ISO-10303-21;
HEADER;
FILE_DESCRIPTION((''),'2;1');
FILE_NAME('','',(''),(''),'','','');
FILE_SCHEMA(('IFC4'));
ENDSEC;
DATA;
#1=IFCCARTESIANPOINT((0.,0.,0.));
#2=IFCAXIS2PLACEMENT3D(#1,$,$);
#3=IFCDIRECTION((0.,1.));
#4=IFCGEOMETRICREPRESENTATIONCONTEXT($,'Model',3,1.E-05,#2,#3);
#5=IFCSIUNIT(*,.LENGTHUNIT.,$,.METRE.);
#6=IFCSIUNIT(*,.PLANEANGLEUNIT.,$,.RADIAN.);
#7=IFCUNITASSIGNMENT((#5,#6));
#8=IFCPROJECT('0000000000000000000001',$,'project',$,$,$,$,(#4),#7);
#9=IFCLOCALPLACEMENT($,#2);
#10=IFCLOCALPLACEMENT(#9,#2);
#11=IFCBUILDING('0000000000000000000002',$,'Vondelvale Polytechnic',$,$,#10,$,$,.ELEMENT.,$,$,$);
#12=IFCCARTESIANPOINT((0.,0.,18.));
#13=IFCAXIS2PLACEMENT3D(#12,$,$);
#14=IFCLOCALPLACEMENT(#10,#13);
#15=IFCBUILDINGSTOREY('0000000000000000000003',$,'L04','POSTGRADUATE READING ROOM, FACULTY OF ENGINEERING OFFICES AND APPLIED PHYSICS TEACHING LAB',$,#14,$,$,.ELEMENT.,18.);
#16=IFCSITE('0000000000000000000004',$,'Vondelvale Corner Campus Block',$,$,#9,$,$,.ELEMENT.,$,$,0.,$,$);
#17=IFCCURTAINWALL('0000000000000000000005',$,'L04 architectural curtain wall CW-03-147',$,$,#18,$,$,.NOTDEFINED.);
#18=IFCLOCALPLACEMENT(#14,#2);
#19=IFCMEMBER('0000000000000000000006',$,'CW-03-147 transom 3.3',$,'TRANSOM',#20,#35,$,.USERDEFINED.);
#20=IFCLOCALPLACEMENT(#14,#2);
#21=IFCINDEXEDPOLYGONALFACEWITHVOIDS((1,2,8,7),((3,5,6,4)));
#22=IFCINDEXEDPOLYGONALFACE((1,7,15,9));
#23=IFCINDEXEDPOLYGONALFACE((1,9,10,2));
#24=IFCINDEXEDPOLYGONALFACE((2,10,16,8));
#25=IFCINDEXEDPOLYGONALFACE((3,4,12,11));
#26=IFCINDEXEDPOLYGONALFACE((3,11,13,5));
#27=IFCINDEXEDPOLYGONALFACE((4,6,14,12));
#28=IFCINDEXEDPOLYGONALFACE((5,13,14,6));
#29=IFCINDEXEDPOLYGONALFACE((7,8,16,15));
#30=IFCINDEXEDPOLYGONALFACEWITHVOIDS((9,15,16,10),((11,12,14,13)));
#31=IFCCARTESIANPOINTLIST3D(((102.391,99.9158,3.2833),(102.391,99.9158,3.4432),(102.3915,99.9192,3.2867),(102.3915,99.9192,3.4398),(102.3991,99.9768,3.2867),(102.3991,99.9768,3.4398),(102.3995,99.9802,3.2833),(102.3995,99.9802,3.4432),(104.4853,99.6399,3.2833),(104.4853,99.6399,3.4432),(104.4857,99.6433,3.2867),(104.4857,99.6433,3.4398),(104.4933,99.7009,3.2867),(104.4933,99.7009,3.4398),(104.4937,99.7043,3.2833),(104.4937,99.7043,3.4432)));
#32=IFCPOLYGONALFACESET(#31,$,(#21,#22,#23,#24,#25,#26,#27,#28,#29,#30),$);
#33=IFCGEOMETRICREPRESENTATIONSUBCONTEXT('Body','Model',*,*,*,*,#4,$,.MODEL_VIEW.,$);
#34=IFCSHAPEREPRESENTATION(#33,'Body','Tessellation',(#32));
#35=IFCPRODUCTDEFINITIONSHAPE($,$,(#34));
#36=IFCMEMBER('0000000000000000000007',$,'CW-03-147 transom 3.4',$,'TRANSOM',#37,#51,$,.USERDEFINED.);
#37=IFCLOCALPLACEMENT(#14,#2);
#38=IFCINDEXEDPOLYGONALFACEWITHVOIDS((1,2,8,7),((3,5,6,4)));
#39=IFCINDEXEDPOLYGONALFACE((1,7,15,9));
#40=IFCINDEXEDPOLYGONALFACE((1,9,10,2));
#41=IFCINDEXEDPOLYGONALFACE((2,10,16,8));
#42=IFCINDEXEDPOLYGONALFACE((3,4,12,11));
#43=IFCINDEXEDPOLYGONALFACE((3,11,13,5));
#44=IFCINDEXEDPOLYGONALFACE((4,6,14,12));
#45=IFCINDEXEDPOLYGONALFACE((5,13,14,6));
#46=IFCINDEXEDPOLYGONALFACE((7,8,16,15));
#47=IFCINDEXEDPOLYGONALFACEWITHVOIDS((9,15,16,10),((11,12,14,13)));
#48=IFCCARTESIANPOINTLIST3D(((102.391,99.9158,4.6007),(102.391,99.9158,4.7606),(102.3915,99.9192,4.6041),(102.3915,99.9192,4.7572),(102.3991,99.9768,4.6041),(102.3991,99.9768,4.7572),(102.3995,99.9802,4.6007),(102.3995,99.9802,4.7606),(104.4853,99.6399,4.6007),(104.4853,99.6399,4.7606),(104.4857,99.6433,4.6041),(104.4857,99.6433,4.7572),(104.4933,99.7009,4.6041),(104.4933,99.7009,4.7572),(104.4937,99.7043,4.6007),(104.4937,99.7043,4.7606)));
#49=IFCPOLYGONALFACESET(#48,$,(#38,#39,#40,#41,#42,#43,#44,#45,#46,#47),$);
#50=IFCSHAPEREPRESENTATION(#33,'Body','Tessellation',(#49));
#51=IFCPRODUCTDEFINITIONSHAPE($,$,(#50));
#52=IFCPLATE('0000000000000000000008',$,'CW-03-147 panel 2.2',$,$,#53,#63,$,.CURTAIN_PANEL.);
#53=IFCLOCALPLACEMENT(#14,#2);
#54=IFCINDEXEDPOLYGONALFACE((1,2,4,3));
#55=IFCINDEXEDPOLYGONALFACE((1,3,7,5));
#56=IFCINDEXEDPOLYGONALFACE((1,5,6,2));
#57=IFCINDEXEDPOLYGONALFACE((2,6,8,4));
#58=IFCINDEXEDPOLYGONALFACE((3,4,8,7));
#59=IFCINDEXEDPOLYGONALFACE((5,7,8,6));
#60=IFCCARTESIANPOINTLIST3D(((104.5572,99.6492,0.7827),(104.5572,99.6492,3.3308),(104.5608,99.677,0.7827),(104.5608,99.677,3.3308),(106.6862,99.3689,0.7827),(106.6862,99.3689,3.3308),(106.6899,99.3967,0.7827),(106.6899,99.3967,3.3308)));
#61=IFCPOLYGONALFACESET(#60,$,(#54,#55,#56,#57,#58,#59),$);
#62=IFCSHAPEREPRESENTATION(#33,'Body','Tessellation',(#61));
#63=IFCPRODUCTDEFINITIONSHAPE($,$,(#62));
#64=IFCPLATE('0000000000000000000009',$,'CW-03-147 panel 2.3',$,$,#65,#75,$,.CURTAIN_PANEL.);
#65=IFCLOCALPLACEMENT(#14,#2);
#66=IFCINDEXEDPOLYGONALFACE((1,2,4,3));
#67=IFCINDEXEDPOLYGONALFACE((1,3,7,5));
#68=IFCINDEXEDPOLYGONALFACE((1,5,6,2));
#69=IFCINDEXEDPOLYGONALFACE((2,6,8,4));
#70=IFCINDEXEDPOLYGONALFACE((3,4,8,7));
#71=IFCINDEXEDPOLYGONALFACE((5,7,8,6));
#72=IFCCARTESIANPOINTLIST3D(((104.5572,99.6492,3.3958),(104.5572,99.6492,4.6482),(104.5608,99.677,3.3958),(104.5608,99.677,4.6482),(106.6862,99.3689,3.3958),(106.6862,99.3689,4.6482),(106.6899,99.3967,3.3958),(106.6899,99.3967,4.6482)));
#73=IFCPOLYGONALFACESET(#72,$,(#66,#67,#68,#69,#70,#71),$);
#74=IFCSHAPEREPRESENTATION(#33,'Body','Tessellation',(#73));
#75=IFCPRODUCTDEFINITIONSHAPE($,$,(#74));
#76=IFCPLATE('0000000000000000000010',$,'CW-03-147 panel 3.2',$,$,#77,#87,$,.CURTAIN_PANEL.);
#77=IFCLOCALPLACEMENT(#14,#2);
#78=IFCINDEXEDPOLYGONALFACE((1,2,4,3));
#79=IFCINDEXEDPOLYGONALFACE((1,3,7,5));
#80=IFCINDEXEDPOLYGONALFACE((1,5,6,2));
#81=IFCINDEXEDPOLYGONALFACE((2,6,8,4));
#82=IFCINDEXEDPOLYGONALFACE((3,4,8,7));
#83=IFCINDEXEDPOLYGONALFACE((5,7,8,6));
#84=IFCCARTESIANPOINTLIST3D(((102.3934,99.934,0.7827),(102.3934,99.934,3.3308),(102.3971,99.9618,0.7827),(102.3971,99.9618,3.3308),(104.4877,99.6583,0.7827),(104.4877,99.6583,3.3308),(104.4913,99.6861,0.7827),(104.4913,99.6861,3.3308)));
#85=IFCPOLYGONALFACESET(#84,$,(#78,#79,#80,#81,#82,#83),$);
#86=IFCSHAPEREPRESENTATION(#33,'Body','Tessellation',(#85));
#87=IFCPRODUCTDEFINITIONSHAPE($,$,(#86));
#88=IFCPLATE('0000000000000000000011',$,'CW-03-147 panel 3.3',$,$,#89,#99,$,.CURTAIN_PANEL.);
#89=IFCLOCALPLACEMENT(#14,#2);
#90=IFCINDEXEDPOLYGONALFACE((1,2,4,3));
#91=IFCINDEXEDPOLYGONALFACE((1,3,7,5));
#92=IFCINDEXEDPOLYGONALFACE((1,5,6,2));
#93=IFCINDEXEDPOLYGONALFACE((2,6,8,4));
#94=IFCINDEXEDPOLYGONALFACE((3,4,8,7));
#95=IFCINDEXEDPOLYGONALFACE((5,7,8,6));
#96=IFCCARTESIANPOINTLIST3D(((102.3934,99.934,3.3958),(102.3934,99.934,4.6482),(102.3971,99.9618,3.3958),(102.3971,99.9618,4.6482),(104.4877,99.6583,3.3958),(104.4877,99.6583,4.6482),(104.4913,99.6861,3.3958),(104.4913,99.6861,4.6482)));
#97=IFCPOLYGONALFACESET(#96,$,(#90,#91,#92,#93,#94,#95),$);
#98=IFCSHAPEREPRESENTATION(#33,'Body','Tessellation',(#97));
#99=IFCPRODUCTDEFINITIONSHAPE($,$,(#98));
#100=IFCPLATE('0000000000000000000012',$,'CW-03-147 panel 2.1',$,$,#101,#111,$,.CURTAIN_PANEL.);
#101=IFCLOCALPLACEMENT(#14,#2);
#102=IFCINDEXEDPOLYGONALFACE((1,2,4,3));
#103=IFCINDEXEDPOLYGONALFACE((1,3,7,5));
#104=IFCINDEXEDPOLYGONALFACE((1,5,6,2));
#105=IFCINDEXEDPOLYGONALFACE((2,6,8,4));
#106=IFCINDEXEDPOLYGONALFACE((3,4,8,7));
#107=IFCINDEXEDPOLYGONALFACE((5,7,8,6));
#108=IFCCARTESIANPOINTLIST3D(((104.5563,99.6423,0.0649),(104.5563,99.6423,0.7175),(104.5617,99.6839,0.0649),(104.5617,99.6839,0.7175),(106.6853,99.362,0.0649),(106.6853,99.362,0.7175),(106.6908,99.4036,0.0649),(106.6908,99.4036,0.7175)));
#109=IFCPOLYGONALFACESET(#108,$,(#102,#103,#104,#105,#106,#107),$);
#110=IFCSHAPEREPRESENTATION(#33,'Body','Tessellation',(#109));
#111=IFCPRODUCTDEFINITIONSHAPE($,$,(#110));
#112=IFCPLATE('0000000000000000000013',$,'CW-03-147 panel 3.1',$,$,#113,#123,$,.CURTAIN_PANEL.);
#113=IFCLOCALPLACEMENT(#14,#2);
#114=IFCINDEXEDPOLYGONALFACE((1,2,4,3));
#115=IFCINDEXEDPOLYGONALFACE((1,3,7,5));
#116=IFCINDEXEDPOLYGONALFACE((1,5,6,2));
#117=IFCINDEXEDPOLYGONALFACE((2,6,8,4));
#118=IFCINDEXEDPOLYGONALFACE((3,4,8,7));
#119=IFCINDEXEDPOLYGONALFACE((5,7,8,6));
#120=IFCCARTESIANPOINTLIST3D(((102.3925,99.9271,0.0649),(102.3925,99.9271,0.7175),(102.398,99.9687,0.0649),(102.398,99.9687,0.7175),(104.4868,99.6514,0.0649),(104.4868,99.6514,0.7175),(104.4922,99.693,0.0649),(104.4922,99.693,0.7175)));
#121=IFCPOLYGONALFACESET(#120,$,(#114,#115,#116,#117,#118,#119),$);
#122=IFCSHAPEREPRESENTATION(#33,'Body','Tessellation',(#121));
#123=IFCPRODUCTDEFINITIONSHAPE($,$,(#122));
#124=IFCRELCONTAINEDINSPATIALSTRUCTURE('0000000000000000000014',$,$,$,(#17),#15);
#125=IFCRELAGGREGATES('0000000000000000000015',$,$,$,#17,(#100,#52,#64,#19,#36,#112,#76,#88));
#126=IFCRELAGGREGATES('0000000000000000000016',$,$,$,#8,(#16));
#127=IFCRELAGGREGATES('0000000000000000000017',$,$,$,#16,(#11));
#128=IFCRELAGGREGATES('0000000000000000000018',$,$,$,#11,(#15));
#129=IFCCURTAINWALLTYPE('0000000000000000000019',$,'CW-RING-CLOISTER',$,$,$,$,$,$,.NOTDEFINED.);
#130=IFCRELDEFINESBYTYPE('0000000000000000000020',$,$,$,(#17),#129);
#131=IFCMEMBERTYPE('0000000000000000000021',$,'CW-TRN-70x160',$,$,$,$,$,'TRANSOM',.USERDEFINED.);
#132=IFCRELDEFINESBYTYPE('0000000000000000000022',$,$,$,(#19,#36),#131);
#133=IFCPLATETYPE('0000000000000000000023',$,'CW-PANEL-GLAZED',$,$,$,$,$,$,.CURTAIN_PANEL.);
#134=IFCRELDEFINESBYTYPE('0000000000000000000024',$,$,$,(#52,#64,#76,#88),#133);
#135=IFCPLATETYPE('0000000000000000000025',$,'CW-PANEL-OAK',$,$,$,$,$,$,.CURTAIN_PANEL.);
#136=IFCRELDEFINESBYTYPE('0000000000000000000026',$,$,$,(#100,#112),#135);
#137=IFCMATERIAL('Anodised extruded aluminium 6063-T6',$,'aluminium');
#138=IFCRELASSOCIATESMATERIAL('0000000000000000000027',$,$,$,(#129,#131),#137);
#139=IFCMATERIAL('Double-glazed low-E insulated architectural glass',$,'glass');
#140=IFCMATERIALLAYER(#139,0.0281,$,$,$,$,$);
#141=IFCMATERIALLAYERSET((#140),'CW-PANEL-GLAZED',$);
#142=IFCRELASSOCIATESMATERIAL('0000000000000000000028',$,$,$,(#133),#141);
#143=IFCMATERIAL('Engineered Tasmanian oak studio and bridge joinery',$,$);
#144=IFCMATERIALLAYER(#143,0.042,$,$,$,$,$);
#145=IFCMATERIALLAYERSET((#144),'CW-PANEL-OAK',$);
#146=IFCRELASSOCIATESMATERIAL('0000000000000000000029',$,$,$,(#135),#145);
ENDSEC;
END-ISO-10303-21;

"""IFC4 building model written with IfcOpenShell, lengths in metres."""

from ifc_helpers import new_model, si_unit, direction, frame, origin, origin_2d, place, context, subcontext, project, spatial, rectangle, hollow_rectangle, extrude, material, layer, layer_set, material_profile, profile_set, type_object, element, aggregate, save


model = new_model("IFC4")

# Units and contexts
model_context = context("Model", 3, precision=1e-05, world=origin(), true_north=direction((0.0, 1.0)))
body_context = subcontext(model_context, "Body", "Model", "MODEL_VIEW")
ifc_project = project(units=[si_unit("LENGTHUNIT", "METRE"), si_unit("PLANEANGLEUNIT", "RADIAN")], contexts=[model_context])

# Site, building, storey
site_placement = place(None, origin())
site = spatial("IfcSite", under=ifc_project, at=site_placement, Name="Vondelvale Corner Campus Block", CompositionType="ELEMENT", RefElevation=0.0)
building_placement = place(site_placement, origin())
building = spatial("IfcBuilding", under=site, at=building_placement, Name="Vondelvale Polytechnic", CompositionType="ELEMENT")
storey_placement = place(building_placement, frame((0.0, 0.0, 18.0)))
storey = spatial("IfcBuildingStorey", under=building, at=storey_placement, Name="L04", Description="POSTGRADUATE READING ROOM, FACULTY OF ENGINEERING OFFICES AND APPLIED PHYSICS TEACHING LAB", CompositionType="ELEMENT", Elevation=18.0)

# Shared definitions
ifc_material_1 = material(Name="Anodised extruded aluminium 6063-T6", Category="aluminium")

# Curtain wall
curtain_wall_type_1 = type_object("IfcCurtainWallType", Name="CW-RING-CLOISTER", PredefinedType="NOTDEFINED", material=ifc_material_1)
curtain_wall_1_placement = place(storey_placement, origin())
curtain_wall_1 = element("IfcCurtainWall", 1, at=curtain_wall_1_placement, inside=storey, type_object=curtain_wall_type_1, Name="L04 architectural curtain wall CW-03-147", PredefinedType="NOTDEFINED")

# Members
ifc_material_profile_1 = material_profile(ifc_material_1, hollow_rectangle(XDim=0.0649, YDim=0.1599, WallThickness=0.0034, at=origin_2d()), Name="CW-TRN-160x65")
ifc_profile_set_1 = profile_set([ifc_material_profile_1], Name="Anodised extruded aluminium 6063-T6")
member_type_1 = type_object("IfcMemberType", Name="CW-TRN-70x160", ElementType="TRANSOM", PredefinedType="USERDEFINED", material=ifc_profile_set_1)
member_1_placement = place(storey_placement, frame((104.4895, 99.6721, 3.3633), z_axis=(-0.991435, 0.130604, 0.0), x_axis=(-0.130604, -0.991435, 0.0)))
member_1 = element("IfcMember", 2, at=member_1_placement, type_object=member_type_1, Name="CW-03-147 transom 3.3", ObjectType="TRANSOM", PredefinedType="USERDEFINED", context=body_context, shape_type="SweptSolid", body=[
    extrude(hollow_rectangle(XDim=0.0649, YDim=0.1599, WallThickness=0.0034, at=origin_2d()), origin(), (0.0, 0.0, 1.0), 2.1123),
])
member_2_placement = place(storey_placement, frame((104.4895, 99.6721, 4.6807), z_axis=(-0.991435, 0.130604, 0.0), x_axis=(-0.130604, -0.991435, 0.0)))
member_2 = element("IfcMember", 3, at=member_2_placement, type_object=member_type_1, Name="CW-03-147 transom 3.4", ObjectType="TRANSOM", PredefinedType="USERDEFINED", context=body_context, shape_type="SweptSolid", body=[
    extrude(hollow_rectangle(XDim=0.0649, YDim=0.1599, WallThickness=0.0034, at=origin_2d()), origin(), (0.0, 0.0, 1.0), 2.1123),
])

# Plates
ifc_material_2 = material(Name="Double-glazed low-E insulated architectural glass", Category="glass")
ifc_layer_1 = layer(ifc_material_2, 0.0281)
ifc_layer_set_1 = layer_set([ifc_layer_1], Name="CW-PANEL-GLAZED")
plate_type_1 = type_object("IfcPlateType", Name="CW-PANEL-GLAZED", PredefinedType="CURTAIN_PANEL", material=ifc_layer_set_1)
plate_1_placement = place(storey_placement, frame((105.6235, 99.5229, 0.7827), z_axis=(0.0, 0.0, 1.0), x_axis=(-0.991445, 0.130528, 0.0)))
plate_1 = element("IfcPlate", 4, at=plate_1_placement, type_object=plate_type_1, Name="CW-03-147 panel 2.2", PredefinedType="CURTAIN_PANEL", context=body_context, shape_type="SweptSolid", body=[
    extrude(rectangle(XDim=2.1475, YDim=0.0281, at=origin_2d()), origin(), (0.0, 0.0, 1.0), 2.5481),
])
plate_2_placement = place(storey_placement, frame((105.6235, 99.5229, 3.3958), z_axis=(0.0, 0.0, 1.0), x_axis=(-0.991445, 0.130528, 0.0)))
plate_2 = element("IfcPlate", 5, at=plate_2_placement, type_object=plate_type_1, Name="CW-03-147 panel 2.3", PredefinedType="CURTAIN_PANEL", context=body_context, shape_type="SweptSolid", body=[
    extrude(rectangle(XDim=2.1475, YDim=0.0281, at=origin_2d()), origin(), (0.0, 0.0, 1.0), 1.2524),
])
plate_3_placement = place(storey_placement, frame((103.4424, 99.8101, 0.7827), z_axis=(0.0, 0.0, 1.0), x_axis=(-0.991445, 0.130528, 0.0)))
plate_3 = element("IfcPlate", 6, at=plate_3_placement, type_object=plate_type_1, Name="CW-03-147 panel 3.2", PredefinedType="CURTAIN_PANEL", context=body_context, shape_type="SweptSolid", body=[
    extrude(rectangle(XDim=2.1123, YDim=0.0281, at=origin_2d()), origin(), (0.0, 0.0, 1.0), 2.5481),
])
plate_4_placement = place(storey_placement, frame((103.4424, 99.8101, 3.3958), z_axis=(0.0, 0.0, 1.0), x_axis=(-0.991445, 0.130528, 0.0)))
plate_4 = element("IfcPlate", 7, at=plate_4_placement, type_object=plate_type_1, Name="CW-03-147 panel 3.3", PredefinedType="CURTAIN_PANEL", context=body_context, shape_type="SweptSolid", body=[
    extrude(rectangle(XDim=2.1123, YDim=0.0281, at=origin_2d()), origin(), (0.0, 0.0, 1.0), 1.2524),
])
ifc_material_3 = material(Name="Engineered Tasmanian oak studio and bridge joinery")
ifc_layer_2 = layer(ifc_material_3, 0.042)
ifc_layer_set_2 = layer_set([ifc_layer_2], Name="CW-PANEL-OAK")
plate_type_2 = type_object("IfcPlateType", Name="CW-PANEL-OAK", PredefinedType="CURTAIN_PANEL", material=ifc_layer_set_2)
plate_5_placement = place(storey_placement, frame((105.6235, 99.5229, 0.0649), z_axis=(0.0, 0.0, 1.0), x_axis=(-0.991445, 0.130528, 0.0)))
plate_5 = element("IfcPlate", 8, at=plate_5_placement, type_object=plate_type_2, Name="CW-03-147 panel 2.1", PredefinedType="CURTAIN_PANEL", context=body_context, shape_type="SweptSolid", body=[
    extrude(rectangle(XDim=2.1475, YDim=0.042, at=origin_2d()), origin(), (0.0, 0.0, 1.0), 0.6526),
])
plate_6_placement = place(storey_placement, frame((103.4424, 99.8101, 0.0649), z_axis=(0.0, 0.0, 1.0), x_axis=(-0.991445, 0.130528, 0.0)))
plate_6 = element("IfcPlate", 9, at=plate_6_placement, type_object=plate_type_2, Name="CW-03-147 panel 3.1", PredefinedType="CURTAIN_PANEL", context=body_context, shape_type="SweptSolid", body=[
    extrude(rectangle(XDim=2.1123, YDim=0.042, at=origin_2d()), origin(), (0.0, 0.0, 1.0), 0.6526),
])
aggregate(curtain_wall_1, [plate_5, plate_1, plate_2, member_1, member_2, plate_6, plate_3, plate_4])

save(model, "model.ifc")
